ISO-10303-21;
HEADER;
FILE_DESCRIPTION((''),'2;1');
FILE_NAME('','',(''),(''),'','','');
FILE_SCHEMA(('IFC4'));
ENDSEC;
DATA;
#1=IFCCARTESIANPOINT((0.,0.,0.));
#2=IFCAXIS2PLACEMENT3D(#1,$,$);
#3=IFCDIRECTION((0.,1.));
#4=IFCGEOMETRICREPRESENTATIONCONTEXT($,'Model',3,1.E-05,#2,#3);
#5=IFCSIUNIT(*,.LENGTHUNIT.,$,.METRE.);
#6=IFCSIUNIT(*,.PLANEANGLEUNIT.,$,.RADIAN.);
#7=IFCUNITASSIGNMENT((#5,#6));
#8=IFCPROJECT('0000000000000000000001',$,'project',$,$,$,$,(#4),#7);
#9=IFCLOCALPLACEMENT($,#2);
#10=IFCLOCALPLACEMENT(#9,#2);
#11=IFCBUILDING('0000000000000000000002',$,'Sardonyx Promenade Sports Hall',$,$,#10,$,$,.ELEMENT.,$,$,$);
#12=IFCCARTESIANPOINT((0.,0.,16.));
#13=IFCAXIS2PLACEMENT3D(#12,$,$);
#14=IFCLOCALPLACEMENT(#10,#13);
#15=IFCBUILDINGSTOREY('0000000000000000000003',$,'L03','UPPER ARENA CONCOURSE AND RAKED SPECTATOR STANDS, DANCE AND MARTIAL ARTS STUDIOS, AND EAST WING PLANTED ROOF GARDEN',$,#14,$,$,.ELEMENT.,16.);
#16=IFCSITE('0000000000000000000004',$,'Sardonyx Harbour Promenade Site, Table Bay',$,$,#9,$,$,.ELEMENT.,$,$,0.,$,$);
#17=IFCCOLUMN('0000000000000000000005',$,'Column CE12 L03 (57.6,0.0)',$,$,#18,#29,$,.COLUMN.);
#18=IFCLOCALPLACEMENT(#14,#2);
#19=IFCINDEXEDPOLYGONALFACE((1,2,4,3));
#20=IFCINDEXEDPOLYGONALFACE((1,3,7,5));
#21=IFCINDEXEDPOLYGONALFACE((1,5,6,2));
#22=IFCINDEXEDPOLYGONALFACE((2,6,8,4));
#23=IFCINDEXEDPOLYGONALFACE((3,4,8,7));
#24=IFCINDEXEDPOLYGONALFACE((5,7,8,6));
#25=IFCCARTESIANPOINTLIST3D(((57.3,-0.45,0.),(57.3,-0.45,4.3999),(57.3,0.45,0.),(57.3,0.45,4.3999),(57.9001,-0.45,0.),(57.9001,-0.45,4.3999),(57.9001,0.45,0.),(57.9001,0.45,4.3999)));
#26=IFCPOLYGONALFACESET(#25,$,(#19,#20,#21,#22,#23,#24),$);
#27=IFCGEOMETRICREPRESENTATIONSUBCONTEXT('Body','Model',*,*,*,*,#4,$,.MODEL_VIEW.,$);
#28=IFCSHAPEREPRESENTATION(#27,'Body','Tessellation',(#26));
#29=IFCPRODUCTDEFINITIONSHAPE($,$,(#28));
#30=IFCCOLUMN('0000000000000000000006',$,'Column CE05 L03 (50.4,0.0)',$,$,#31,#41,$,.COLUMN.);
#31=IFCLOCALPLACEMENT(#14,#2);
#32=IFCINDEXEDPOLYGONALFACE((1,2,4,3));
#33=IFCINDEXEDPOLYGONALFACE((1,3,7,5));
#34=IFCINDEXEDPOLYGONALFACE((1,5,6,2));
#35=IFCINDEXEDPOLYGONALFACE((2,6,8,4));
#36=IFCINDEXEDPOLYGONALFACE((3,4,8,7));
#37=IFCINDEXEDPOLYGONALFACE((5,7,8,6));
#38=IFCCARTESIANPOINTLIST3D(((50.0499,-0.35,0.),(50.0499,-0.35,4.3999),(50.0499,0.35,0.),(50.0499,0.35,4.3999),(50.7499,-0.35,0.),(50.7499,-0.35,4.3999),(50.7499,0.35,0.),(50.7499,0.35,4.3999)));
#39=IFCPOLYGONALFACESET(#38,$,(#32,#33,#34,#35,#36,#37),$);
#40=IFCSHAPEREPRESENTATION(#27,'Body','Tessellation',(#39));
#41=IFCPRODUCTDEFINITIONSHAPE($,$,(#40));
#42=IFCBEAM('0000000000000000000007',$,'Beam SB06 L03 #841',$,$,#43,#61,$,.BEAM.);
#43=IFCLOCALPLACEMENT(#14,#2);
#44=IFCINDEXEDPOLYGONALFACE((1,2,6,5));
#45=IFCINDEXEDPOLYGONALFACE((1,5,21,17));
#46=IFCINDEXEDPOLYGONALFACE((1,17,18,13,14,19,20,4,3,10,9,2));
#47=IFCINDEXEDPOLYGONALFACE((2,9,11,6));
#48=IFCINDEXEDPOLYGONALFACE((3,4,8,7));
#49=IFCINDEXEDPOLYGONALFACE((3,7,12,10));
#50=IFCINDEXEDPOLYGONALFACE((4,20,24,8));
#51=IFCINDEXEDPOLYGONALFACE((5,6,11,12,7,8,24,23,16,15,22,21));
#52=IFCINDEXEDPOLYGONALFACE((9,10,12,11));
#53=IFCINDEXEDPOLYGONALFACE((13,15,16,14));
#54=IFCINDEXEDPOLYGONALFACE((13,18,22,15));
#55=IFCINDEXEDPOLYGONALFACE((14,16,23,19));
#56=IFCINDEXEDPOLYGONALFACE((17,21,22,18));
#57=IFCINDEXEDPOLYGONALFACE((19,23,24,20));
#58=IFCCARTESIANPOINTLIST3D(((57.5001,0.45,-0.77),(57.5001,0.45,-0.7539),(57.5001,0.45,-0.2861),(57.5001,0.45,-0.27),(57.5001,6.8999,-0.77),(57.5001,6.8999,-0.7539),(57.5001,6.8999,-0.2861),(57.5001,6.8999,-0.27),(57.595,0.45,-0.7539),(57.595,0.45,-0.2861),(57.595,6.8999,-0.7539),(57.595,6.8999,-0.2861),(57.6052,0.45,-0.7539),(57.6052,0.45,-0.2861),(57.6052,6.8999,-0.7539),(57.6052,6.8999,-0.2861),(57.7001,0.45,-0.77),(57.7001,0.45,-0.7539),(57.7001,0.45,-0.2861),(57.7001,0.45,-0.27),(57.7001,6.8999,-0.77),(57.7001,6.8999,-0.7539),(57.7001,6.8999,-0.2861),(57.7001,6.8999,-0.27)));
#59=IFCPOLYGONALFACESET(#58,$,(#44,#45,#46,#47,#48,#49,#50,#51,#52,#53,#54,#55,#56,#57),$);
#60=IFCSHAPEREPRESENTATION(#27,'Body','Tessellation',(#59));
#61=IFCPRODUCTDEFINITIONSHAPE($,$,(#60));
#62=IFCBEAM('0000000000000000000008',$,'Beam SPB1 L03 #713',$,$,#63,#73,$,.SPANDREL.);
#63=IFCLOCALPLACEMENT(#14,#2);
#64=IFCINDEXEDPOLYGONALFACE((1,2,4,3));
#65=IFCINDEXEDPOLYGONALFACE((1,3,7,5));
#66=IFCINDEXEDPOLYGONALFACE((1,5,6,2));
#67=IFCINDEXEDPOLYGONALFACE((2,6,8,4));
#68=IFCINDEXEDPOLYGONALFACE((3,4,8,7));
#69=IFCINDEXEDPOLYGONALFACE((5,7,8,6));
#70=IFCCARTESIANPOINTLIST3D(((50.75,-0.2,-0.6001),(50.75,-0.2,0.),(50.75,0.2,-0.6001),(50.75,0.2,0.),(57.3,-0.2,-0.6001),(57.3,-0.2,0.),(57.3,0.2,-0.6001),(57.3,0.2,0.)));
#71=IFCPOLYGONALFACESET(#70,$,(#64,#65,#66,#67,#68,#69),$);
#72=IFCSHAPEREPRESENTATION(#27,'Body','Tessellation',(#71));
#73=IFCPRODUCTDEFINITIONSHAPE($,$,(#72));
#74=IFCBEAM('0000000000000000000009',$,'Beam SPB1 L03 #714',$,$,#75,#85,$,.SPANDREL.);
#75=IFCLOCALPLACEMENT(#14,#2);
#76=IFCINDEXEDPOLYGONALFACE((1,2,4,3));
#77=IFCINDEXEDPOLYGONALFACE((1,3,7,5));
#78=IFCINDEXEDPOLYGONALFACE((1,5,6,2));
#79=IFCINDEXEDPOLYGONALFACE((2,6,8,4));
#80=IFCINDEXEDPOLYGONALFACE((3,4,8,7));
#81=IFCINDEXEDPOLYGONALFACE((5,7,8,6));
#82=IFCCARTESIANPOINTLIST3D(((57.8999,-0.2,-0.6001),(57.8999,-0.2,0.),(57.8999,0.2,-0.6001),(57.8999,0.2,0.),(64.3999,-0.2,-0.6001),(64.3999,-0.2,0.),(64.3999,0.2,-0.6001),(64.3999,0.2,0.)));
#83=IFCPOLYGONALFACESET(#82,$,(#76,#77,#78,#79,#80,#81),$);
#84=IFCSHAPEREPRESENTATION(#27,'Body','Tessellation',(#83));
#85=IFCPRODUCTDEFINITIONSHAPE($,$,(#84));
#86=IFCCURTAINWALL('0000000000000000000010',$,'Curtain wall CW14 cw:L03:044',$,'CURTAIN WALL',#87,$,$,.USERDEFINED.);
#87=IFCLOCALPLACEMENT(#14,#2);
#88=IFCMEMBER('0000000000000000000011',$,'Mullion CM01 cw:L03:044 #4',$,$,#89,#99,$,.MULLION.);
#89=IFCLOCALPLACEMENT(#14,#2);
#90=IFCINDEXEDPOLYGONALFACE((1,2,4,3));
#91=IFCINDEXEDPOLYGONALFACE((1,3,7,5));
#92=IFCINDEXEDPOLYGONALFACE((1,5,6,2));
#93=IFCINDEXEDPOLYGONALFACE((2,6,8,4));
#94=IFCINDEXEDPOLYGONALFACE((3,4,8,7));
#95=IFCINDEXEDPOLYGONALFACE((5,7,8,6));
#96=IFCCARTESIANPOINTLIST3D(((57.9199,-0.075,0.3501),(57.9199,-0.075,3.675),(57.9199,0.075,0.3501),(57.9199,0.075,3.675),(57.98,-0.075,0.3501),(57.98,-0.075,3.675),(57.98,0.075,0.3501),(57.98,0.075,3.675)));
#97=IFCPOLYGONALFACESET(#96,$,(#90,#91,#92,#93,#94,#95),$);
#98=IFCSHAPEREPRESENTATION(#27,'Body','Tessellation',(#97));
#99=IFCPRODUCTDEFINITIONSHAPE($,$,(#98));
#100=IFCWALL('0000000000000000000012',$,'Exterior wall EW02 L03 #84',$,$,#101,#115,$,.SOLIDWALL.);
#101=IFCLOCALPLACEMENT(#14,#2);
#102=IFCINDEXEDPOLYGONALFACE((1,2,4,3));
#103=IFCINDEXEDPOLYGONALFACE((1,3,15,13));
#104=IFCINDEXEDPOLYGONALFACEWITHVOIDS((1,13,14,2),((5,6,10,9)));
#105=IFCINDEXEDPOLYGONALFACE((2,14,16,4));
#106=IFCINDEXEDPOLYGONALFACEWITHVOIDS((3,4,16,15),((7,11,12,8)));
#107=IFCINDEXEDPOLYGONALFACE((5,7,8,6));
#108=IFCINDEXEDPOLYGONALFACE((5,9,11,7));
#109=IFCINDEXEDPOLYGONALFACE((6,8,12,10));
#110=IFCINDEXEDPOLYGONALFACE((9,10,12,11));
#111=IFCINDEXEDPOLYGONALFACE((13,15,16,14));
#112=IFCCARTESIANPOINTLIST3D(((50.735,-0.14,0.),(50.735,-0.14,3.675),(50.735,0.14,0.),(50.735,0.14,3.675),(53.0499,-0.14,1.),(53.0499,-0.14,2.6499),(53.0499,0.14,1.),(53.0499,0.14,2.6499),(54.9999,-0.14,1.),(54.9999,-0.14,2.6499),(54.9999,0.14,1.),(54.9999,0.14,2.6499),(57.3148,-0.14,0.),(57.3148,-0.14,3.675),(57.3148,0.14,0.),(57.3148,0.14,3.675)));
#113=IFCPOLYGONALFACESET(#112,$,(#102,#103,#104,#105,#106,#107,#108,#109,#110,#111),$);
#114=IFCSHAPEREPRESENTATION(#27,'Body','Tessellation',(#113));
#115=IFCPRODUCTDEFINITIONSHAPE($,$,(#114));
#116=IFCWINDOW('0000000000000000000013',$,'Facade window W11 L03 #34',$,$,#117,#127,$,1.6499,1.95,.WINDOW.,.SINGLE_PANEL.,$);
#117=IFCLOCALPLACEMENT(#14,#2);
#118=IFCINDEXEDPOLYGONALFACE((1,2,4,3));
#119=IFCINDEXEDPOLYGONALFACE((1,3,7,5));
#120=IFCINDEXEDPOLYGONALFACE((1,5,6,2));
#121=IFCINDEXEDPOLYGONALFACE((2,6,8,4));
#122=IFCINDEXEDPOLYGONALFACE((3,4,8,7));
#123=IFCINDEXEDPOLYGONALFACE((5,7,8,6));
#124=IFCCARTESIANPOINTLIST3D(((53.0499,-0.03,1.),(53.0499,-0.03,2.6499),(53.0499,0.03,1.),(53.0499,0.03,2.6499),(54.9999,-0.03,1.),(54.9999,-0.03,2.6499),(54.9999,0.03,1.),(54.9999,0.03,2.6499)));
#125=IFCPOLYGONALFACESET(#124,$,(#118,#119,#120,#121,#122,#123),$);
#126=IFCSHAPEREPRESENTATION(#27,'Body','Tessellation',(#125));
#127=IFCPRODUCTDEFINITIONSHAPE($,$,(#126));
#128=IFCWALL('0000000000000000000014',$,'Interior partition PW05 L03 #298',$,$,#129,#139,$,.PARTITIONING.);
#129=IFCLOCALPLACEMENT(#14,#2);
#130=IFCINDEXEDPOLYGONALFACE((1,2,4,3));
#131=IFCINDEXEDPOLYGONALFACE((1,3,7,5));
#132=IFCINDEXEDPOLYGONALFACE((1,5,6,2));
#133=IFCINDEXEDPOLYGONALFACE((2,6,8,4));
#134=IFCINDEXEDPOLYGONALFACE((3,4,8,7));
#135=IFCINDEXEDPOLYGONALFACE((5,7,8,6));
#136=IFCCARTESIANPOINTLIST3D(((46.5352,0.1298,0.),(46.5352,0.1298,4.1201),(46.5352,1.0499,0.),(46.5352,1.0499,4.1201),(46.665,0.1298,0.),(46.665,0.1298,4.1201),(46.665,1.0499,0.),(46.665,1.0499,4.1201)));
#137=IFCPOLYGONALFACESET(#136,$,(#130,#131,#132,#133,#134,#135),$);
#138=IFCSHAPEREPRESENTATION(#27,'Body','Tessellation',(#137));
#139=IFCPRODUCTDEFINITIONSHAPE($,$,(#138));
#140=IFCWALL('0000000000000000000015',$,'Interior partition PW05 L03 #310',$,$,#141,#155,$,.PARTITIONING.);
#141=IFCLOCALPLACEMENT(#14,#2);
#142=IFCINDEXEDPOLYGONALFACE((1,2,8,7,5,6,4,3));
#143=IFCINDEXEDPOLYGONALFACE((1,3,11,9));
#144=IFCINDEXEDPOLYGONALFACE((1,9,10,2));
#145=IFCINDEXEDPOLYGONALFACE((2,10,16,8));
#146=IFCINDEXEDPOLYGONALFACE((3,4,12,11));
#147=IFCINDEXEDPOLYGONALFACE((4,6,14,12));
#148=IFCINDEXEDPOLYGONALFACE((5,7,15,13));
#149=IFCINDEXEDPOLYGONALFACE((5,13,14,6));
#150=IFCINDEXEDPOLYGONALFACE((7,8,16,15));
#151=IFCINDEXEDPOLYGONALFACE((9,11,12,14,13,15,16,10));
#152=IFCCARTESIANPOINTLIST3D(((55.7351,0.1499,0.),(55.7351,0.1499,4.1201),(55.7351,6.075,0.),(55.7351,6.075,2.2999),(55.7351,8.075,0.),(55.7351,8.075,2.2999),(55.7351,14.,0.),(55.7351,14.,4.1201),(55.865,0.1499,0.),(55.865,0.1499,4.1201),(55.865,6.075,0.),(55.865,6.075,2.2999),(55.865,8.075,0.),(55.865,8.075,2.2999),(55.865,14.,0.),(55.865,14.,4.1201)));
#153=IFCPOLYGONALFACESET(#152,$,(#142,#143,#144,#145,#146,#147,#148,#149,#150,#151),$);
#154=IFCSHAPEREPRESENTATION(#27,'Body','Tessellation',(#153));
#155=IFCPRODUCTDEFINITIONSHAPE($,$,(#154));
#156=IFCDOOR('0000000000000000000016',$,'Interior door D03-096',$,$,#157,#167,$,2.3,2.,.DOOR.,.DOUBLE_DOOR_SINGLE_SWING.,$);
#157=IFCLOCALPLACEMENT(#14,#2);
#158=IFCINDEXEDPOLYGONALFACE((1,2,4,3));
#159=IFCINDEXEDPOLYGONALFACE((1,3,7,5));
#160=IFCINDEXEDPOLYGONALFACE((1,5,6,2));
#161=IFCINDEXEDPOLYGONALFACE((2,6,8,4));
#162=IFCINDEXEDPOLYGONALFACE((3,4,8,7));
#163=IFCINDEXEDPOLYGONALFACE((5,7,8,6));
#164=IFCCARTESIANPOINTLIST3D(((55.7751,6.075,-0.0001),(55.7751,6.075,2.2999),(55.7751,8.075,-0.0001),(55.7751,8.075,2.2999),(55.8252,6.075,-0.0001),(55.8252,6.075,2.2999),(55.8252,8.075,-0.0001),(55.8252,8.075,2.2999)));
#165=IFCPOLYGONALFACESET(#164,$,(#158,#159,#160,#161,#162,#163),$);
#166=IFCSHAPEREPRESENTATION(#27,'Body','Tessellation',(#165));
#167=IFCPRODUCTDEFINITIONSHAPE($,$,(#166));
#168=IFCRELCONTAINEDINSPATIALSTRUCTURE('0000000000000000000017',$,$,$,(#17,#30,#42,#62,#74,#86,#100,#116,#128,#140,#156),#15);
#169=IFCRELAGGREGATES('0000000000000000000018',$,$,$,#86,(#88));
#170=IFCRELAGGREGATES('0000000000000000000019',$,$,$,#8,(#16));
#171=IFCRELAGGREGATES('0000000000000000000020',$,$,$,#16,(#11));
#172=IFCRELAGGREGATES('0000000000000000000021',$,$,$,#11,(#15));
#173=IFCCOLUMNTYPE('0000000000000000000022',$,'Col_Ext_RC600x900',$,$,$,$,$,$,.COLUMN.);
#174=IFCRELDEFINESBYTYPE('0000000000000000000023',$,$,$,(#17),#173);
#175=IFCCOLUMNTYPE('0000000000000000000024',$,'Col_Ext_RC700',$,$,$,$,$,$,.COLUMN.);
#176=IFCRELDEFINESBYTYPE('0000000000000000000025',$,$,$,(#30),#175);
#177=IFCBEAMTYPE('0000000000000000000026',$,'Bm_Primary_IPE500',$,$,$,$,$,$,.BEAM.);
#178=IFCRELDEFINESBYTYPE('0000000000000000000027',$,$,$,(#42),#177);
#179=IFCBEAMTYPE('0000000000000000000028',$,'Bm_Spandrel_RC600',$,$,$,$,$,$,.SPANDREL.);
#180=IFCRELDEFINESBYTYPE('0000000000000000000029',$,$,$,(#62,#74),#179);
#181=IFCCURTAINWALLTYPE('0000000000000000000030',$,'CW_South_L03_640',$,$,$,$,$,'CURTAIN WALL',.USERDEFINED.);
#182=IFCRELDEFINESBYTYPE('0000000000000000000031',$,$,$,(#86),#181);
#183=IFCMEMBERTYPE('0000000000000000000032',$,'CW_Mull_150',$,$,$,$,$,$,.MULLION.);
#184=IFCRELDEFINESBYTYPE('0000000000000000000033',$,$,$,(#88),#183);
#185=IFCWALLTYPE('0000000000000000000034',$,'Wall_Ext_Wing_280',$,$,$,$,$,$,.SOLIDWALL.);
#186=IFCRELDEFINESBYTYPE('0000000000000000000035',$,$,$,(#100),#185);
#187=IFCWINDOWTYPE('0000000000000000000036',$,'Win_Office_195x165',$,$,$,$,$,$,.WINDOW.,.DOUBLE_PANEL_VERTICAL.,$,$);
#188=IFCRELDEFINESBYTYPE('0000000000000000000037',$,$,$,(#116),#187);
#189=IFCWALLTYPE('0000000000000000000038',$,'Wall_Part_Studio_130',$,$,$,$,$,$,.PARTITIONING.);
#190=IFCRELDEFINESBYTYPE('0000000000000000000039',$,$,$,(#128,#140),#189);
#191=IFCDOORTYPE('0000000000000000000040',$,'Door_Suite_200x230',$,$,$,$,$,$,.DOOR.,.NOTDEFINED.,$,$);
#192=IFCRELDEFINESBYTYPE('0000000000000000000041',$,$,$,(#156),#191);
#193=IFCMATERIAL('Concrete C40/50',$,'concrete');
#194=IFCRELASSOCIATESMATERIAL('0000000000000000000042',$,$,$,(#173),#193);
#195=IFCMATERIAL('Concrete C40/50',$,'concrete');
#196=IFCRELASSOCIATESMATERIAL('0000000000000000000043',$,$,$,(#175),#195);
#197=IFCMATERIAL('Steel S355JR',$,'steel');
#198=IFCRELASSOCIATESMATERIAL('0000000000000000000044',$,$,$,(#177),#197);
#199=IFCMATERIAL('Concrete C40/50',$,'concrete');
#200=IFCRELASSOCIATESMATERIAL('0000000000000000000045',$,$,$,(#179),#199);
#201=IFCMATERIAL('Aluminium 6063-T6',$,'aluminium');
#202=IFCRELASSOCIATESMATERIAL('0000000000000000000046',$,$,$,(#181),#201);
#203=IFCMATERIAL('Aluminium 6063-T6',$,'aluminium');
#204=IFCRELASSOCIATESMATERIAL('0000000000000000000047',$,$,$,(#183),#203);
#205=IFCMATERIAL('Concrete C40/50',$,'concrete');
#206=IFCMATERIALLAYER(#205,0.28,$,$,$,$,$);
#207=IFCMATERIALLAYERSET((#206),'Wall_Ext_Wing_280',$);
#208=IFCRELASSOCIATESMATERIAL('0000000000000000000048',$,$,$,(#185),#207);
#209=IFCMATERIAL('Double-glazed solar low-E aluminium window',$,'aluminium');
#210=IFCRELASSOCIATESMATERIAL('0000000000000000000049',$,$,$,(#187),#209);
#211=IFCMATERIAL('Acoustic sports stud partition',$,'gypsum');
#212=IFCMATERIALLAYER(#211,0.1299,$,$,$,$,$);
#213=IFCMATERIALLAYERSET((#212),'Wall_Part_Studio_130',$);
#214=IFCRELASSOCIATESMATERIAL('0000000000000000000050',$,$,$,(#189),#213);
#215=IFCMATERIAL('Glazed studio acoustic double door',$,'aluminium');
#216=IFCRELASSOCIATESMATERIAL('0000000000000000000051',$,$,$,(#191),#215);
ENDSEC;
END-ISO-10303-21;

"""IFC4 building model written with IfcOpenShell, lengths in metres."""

from ifc_helpers import new_model, si_unit, direction, frame, frame_2d, origin, origin_2d, place, context, subcontext, project, spatial, rectangle, i_section, extrude, material, layer, layer_set, material_profile, profile_set, type_object, element, fill, aggregate, save


model = new_model("IFC4")

# Units and contexts
model_context = context("Model", 3, precision=1e-05, world=origin(), true_north=direction((0.0, 1.0)))
body_context = subcontext(model_context, "Body", "Model", "MODEL_VIEW")
ifc_project = project(units=[si_unit("LENGTHUNIT", "METRE"), si_unit("PLANEANGLEUNIT", "RADIAN")], contexts=[model_context])

# Site, building, storey
site_placement = place(None, origin())
site = spatial("IfcSite", under=ifc_project, at=site_placement, Name="Sardonyx Harbour Promenade Site, Table Bay", CompositionType="ELEMENT", RefElevation=0.0)
building_placement = place(site_placement, origin())
building = spatial("IfcBuilding", under=site, at=building_placement, Name="Sardonyx Promenade Sports Hall", CompositionType="ELEMENT")
storey_placement = place(building_placement, frame((0.0, 0.0, 16.0)))
storey = spatial("IfcBuildingStorey", under=building, at=storey_placement, Name="L03", Description="UPPER ARENA CONCOURSE AND RAKED SPECTATOR STANDS, DANCE AND MARTIAL ARTS STUDIOS, AND EAST WING PLANTED ROOF GARDEN", CompositionType="ELEMENT", Elevation=16.0)

# Columns
ifc_material_1 = material(Name="Concrete C40/50", Category="concrete")
ifc_material_profile_1 = material_profile(ifc_material_1, rectangle(XDim=0.6001, YDim=0.8999, at=origin_2d()))
ifc_profile_set_1 = profile_set([ifc_material_profile_1], Name="Concrete C40/50")
column_type_1 = type_object("IfcColumnType", Name="Col_Ext_RC600x900", PredefinedType="COLUMN", material=ifc_profile_set_1)
column_1_placement = place(storey_placement, frame((57.6001, 0.0, 0.0), z_axis=(0.0, 0.0, 1.0), x_axis=(1.0, 0.0, 0.0)))
element("IfcColumn", 1, at=column_1_placement, inside=storey, type_object=column_type_1, Name="Column CE12 L03 (57.6,0.0)", PredefinedType="COLUMN", context=body_context, shape_type="SweptSolid", body=[
    extrude(rectangle(XDim=0.6001, YDim=0.8999, at=origin_2d()), origin(), (0.0, 0.0, 1.0), 4.3999),
])
ifc_material_2 = material(Name="Concrete C40/50", Category="concrete")
ifc_material_profile_2 = material_profile(ifc_material_2, rectangle(XDim=0.7, YDim=0.7, at=origin_2d()))
ifc_profile_set_2 = profile_set([ifc_material_profile_2], Name="Concrete C40/50")
column_type_2 = type_object("IfcColumnType", Name="Col_Ext_RC700", PredefinedType="COLUMN", material=ifc_profile_set_2)
column_2_placement = place(storey_placement, frame((50.3999, 0.0, 0.0), z_axis=(0.0, 0.0, 1.0), x_axis=(1.0, 0.0, 0.0)))
element("IfcColumn", 2, at=column_2_placement, inside=storey, type_object=column_type_2, Name="Column CE05 L03 (50.4,0.0)", PredefinedType="COLUMN", context=body_context, shape_type="SweptSolid", body=[
    extrude(rectangle(XDim=0.7, YDim=0.7, at=origin_2d()), origin(), (0.0, 0.0, 1.0), 4.3999),
])

# Beams
ifc_material_3 = material(Name="Steel S355JR", Category="steel")
ifc_material_profile_3 = material_profile(ifc_material_3, i_section(OverallWidth=0.2, OverallDepth=0.5, WebThickness=0.0103, FlangeThickness=0.0161, at=origin_2d()))
ifc_profile_set_3 = profile_set([ifc_material_profile_3], Name="Steel S355JR")
beam_type_1 = type_object("IfcBeamType", Name="Bm_Primary_IPE500", PredefinedType="BEAM", material=ifc_profile_set_3)
beam_1_placement = place(storey_placement, frame((57.6001, 0.45, -0.52), z_axis=(0.0, 1.0, 0.0), x_axis=(-1.0, 0.0, 0.0)))
element("IfcBeam", 3, at=beam_1_placement, inside=storey, type_object=beam_type_1, Name="Beam SB06 L03 #841", PredefinedType="BEAM", context=body_context, shape_type="SweptSolid", body=[
    extrude(i_section(OverallWidth=0.2, OverallDepth=0.5, WebThickness=0.0103, FlangeThickness=0.0161, at=origin_2d()), origin(), (0.0, 0.0, 1.0), 6.45),
])
ifc_material_4 = material(Name="Concrete C40/50", Category="concrete")
ifc_material_profile_4 = material_profile(ifc_material_4, rectangle(XDim=0.3999, YDim=0.6001, at=origin_2d()))
ifc_profile_set_4 = profile_set([ifc_material_profile_4], Name="Concrete C40/50")
beam_type_2 = type_object("IfcBeamType", Name="Bm_Spandrel_RC600", PredefinedType="SPANDREL", material=ifc_profile_set_4)
beam_2_placement = place(storey_placement, frame((50.75, 0.0, -0.3), z_axis=(1.0, 0.0, 0.0), x_axis=(0.0, 1.0, 0.0)))
element("IfcBeam", 4, at=beam_2_placement, inside=storey, type_object=beam_type_2, Name="Beam SPB1 L03 #713", PredefinedType="SPANDREL", context=body_context, shape_type="SweptSolid", body=[
    extrude(rectangle(XDim=0.3999, YDim=0.6001, at=origin_2d()), origin(), (0.0, 0.0, 1.0), 6.55),
])
beam_3_placement = place(storey_placement, frame((57.8999, 0.0, -0.3), z_axis=(1.0, 0.0, 0.0), x_axis=(0.0, 1.0, 0.0)))
element("IfcBeam", 5, at=beam_3_placement, inside=storey, type_object=beam_type_2, Name="Beam SPB1 L03 #714", PredefinedType="SPANDREL", context=body_context, shape_type="SweptSolid", body=[
    extrude(rectangle(XDim=0.3999, YDim=0.6001, at=origin_2d()), origin(), (0.0, 0.0, 1.0), 6.5),
])

# Curtain wall, member
ifc_material_5 = material(Name="Aluminium 6063-T6", Category="aluminium")
curtain_wall_type = type_object("IfcCurtainWallType", Name="CW_South_L03_640", ElementType="CURTAIN WALL", PredefinedType="USERDEFINED", material=ifc_material_5)
curtain_wall_placement = place(storey_placement, origin())
curtain_wall = element("IfcCurtainWall", 6, at=curtain_wall_placement, inside=storey, type_object=curtain_wall_type, Name="Curtain wall CW14 cw:L03:044", ObjectType="CURTAIN WALL", PredefinedType="USERDEFINED")
ifc_material_6 = material(Name="Aluminium 6063-T6", Category="aluminium")
ifc_material_profile_5 = material_profile(ifc_material_6, rectangle(XDim=0.0601, YDim=0.1499, at=origin_2d()))
ifc_profile_set_5 = profile_set([ifc_material_profile_5], Name="Aluminium 6063-T6")
member_type = type_object("IfcMemberType", Name="CW_Mull_150", PredefinedType="MULLION", material=ifc_profile_set_5)
member_placement = place(storey_placement, frame((57.95, 0.0, 0.3501), z_axis=(0.0, 0.0, 1.0), x_axis=(-1.0, 0.0, 0.0)))
member = element("IfcMember", 7, at=member_placement, type_object=member_type, Name="Mullion CM01 cw:L03:044 #4", PredefinedType="MULLION", context=body_context, shape_type="SweptSolid", body=[
    extrude(rectangle(XDim=0.0601, YDim=0.1499, at=origin_2d()), origin(), (0.0, 0.0, 1.0), 3.325),
])
aggregate(curtain_wall, [member])

# Wall, opening, window
ifc_material_7 = material(Name="Concrete C40/50", Category="concrete")
ifc_layer_1 = layer(ifc_material_7, 0.28)
ifc_layer_set_1 = layer_set([ifc_layer_1], Name="Wall_Ext_Wing_280")
wall_type_1 = type_object("IfcWallType", Name="Wall_Ext_Wing_280", PredefinedType="SOLIDWALL", material=ifc_layer_set_1)
wall_1_placement = place(storey_placement, frame((57.3149, 0.0, 0.0), z_axis=(0.0, 0.0, 1.0), x_axis=(-1.0, 0.0, 0.0)))
wall_1 = element("IfcWall", 8, at=wall_1_placement, inside=storey, type_object=wall_type_1, Name="Exterior wall EW02 L03 #84", PredefinedType="SOLIDWALL", context=body_context, shape_type="SweptSolid", body=[
    extrude(rectangle(XDim=6.5798, YDim=0.28, at=frame_2d((3.29, 0.0))), origin(), (0.0, 0.0, 1.0), 3.675),
])
opening_1_placement = place(wall_1_placement, frame((2.3149, 0.0, 1.0)))
opening_1 = element("IfcOpeningElement", 9, at=opening_1_placement, cuts=wall_1, PredefinedType="OPENING", context=body_context, shape_type="SweptSolid", body=[
    extrude(rectangle(XDim=1.95, YDim=1.6499, at=frame_2d((0.9751, 0.825))), frame((0.0, 0.15, 0.0), z_axis=(0.0, -1.0, 0.0), x_axis=(1.0, 0.0, 0.0)), (0.0, 0.0, 1.0), 0.3),
])
ifc_material_8 = material(Name="Double-glazed solar low-E aluminium window", Category="aluminium")
window_type = type_object("IfcWindowType", Name="Win_Office_195x165", PartitioningType="DOUBLE_PANEL_VERTICAL", PredefinedType="WINDOW", material=ifc_material_8)
window_placement = place(opening_1_placement, origin())
window = element("IfcWindow", 10, at=window_placement, inside=storey, type_object=window_type, Name="Facade window W11 L03 #34", OverallHeight=1.6499, OverallWidth=1.95, PartitioningType="SINGLE_PANEL", PredefinedType="WINDOW", context=body_context, shape_type="SweptSolid", body=[
    extrude(rectangle(XDim=1.95, YDim=1.6499, at=frame_2d((0.9751, 0.825))), frame((0.0, 0.03, 0.0), z_axis=(0.0, -1.0, 0.0), x_axis=(1.0, 0.0, 0.0)), (0.0, 0.0, 1.0), 0.0601),
])
fill(opening_1, window)

# Wall
ifc_material_9 = material(Name="Acoustic sports stud partition", Category="gypsum")
ifc_layer_2 = layer(ifc_material_9, 0.1299)
ifc_layer_set_2 = layer_set([ifc_layer_2], Name="Wall_Part_Studio_130")
wall_type_2 = type_object("IfcWallType", Name="Wall_Part_Studio_130", PredefinedType="PARTITIONING", material=ifc_layer_set_2)
wall_2_placement = place(storey_placement, frame((46.6001, 0.1299, 0.0), z_axis=(0.0, 0.0, 1.0), x_axis=(0.0, 1.0, 0.0)))
element("IfcWall", 11, at=wall_2_placement, inside=storey, type_object=wall_type_2, Name="Interior partition PW05 L03 #298", PredefinedType="PARTITIONING", context=body_context, shape_type="SweptSolid", body=[
    extrude(rectangle(XDim=0.9202, YDim=0.1299, at=frame_2d((0.46, 0.0))), origin(), (0.0, 0.0, 1.0), 4.1201),
])

# Wall, opening, door
wall_3_placement = place(storey_placement, frame((55.8, 0.1499, 0.0), z_axis=(0.0, 0.0, 1.0), x_axis=(0.0, 1.0, 0.0)))
wall_3 = element("IfcWall", 12, at=wall_3_placement, inside=storey, type_object=wall_type_2, Name="Interior partition PW05 L03 #310", PredefinedType="PARTITIONING", context=body_context, shape_type="SweptSolid", body=[
    extrude(rectangle(XDim=13.8501, YDim=0.1299, at=frame_2d((6.925, 0.0))), origin(), (0.0, 0.0, 1.0), 4.1201),
])
opening_2_placement = place(wall_3_placement, frame((5.925, 0.0, 0.0)))
opening_2 = element("IfcOpeningElement", 13, at=opening_2_placement, cuts=wall_3, PredefinedType="OPENING", context=body_context, shape_type="SweptSolid", body=[
    extrude(rectangle(XDim=2.0, YDim=2.3, at=frame_2d((1.0, 1.1499))), frame((0.0, 0.075, 0.0), z_axis=(0.0, -1.0, 0.0), x_axis=(1.0, 0.0, 0.0)), (0.0, 0.0, 1.0), 0.15),
])
ifc_material_10 = material(Name="Glazed studio acoustic double door", Category="aluminium")
door_type = type_object("IfcDoorType", Name="Door_Suite_200x230", OperationType="NOTDEFINED", PredefinedType="DOOR", material=ifc_material_10)
door_placement = place(opening_2_placement, origin())
door = element("IfcDoor", 14, at=door_placement, inside=storey, type_object=door_type, Name="Interior door D03-096", OperationType="DOUBLE_DOOR_SINGLE_SWING", OverallHeight=2.3, OverallWidth=2.0, PredefinedType="DOOR", context=body_context, shape_type="SweptSolid", body=[
    extrude(rectangle(XDim=2.0, YDim=2.3, at=frame_2d((1.0, 1.1499))), frame((0.0, 0.0249, 0.0), z_axis=(0.0, -1.0, 0.0), x_axis=(1.0, 0.0, 0.0)), (0.0, 0.0, 1.0), 0.05),
])
fill(opening_2, door)

save(model, "model.ifc")
